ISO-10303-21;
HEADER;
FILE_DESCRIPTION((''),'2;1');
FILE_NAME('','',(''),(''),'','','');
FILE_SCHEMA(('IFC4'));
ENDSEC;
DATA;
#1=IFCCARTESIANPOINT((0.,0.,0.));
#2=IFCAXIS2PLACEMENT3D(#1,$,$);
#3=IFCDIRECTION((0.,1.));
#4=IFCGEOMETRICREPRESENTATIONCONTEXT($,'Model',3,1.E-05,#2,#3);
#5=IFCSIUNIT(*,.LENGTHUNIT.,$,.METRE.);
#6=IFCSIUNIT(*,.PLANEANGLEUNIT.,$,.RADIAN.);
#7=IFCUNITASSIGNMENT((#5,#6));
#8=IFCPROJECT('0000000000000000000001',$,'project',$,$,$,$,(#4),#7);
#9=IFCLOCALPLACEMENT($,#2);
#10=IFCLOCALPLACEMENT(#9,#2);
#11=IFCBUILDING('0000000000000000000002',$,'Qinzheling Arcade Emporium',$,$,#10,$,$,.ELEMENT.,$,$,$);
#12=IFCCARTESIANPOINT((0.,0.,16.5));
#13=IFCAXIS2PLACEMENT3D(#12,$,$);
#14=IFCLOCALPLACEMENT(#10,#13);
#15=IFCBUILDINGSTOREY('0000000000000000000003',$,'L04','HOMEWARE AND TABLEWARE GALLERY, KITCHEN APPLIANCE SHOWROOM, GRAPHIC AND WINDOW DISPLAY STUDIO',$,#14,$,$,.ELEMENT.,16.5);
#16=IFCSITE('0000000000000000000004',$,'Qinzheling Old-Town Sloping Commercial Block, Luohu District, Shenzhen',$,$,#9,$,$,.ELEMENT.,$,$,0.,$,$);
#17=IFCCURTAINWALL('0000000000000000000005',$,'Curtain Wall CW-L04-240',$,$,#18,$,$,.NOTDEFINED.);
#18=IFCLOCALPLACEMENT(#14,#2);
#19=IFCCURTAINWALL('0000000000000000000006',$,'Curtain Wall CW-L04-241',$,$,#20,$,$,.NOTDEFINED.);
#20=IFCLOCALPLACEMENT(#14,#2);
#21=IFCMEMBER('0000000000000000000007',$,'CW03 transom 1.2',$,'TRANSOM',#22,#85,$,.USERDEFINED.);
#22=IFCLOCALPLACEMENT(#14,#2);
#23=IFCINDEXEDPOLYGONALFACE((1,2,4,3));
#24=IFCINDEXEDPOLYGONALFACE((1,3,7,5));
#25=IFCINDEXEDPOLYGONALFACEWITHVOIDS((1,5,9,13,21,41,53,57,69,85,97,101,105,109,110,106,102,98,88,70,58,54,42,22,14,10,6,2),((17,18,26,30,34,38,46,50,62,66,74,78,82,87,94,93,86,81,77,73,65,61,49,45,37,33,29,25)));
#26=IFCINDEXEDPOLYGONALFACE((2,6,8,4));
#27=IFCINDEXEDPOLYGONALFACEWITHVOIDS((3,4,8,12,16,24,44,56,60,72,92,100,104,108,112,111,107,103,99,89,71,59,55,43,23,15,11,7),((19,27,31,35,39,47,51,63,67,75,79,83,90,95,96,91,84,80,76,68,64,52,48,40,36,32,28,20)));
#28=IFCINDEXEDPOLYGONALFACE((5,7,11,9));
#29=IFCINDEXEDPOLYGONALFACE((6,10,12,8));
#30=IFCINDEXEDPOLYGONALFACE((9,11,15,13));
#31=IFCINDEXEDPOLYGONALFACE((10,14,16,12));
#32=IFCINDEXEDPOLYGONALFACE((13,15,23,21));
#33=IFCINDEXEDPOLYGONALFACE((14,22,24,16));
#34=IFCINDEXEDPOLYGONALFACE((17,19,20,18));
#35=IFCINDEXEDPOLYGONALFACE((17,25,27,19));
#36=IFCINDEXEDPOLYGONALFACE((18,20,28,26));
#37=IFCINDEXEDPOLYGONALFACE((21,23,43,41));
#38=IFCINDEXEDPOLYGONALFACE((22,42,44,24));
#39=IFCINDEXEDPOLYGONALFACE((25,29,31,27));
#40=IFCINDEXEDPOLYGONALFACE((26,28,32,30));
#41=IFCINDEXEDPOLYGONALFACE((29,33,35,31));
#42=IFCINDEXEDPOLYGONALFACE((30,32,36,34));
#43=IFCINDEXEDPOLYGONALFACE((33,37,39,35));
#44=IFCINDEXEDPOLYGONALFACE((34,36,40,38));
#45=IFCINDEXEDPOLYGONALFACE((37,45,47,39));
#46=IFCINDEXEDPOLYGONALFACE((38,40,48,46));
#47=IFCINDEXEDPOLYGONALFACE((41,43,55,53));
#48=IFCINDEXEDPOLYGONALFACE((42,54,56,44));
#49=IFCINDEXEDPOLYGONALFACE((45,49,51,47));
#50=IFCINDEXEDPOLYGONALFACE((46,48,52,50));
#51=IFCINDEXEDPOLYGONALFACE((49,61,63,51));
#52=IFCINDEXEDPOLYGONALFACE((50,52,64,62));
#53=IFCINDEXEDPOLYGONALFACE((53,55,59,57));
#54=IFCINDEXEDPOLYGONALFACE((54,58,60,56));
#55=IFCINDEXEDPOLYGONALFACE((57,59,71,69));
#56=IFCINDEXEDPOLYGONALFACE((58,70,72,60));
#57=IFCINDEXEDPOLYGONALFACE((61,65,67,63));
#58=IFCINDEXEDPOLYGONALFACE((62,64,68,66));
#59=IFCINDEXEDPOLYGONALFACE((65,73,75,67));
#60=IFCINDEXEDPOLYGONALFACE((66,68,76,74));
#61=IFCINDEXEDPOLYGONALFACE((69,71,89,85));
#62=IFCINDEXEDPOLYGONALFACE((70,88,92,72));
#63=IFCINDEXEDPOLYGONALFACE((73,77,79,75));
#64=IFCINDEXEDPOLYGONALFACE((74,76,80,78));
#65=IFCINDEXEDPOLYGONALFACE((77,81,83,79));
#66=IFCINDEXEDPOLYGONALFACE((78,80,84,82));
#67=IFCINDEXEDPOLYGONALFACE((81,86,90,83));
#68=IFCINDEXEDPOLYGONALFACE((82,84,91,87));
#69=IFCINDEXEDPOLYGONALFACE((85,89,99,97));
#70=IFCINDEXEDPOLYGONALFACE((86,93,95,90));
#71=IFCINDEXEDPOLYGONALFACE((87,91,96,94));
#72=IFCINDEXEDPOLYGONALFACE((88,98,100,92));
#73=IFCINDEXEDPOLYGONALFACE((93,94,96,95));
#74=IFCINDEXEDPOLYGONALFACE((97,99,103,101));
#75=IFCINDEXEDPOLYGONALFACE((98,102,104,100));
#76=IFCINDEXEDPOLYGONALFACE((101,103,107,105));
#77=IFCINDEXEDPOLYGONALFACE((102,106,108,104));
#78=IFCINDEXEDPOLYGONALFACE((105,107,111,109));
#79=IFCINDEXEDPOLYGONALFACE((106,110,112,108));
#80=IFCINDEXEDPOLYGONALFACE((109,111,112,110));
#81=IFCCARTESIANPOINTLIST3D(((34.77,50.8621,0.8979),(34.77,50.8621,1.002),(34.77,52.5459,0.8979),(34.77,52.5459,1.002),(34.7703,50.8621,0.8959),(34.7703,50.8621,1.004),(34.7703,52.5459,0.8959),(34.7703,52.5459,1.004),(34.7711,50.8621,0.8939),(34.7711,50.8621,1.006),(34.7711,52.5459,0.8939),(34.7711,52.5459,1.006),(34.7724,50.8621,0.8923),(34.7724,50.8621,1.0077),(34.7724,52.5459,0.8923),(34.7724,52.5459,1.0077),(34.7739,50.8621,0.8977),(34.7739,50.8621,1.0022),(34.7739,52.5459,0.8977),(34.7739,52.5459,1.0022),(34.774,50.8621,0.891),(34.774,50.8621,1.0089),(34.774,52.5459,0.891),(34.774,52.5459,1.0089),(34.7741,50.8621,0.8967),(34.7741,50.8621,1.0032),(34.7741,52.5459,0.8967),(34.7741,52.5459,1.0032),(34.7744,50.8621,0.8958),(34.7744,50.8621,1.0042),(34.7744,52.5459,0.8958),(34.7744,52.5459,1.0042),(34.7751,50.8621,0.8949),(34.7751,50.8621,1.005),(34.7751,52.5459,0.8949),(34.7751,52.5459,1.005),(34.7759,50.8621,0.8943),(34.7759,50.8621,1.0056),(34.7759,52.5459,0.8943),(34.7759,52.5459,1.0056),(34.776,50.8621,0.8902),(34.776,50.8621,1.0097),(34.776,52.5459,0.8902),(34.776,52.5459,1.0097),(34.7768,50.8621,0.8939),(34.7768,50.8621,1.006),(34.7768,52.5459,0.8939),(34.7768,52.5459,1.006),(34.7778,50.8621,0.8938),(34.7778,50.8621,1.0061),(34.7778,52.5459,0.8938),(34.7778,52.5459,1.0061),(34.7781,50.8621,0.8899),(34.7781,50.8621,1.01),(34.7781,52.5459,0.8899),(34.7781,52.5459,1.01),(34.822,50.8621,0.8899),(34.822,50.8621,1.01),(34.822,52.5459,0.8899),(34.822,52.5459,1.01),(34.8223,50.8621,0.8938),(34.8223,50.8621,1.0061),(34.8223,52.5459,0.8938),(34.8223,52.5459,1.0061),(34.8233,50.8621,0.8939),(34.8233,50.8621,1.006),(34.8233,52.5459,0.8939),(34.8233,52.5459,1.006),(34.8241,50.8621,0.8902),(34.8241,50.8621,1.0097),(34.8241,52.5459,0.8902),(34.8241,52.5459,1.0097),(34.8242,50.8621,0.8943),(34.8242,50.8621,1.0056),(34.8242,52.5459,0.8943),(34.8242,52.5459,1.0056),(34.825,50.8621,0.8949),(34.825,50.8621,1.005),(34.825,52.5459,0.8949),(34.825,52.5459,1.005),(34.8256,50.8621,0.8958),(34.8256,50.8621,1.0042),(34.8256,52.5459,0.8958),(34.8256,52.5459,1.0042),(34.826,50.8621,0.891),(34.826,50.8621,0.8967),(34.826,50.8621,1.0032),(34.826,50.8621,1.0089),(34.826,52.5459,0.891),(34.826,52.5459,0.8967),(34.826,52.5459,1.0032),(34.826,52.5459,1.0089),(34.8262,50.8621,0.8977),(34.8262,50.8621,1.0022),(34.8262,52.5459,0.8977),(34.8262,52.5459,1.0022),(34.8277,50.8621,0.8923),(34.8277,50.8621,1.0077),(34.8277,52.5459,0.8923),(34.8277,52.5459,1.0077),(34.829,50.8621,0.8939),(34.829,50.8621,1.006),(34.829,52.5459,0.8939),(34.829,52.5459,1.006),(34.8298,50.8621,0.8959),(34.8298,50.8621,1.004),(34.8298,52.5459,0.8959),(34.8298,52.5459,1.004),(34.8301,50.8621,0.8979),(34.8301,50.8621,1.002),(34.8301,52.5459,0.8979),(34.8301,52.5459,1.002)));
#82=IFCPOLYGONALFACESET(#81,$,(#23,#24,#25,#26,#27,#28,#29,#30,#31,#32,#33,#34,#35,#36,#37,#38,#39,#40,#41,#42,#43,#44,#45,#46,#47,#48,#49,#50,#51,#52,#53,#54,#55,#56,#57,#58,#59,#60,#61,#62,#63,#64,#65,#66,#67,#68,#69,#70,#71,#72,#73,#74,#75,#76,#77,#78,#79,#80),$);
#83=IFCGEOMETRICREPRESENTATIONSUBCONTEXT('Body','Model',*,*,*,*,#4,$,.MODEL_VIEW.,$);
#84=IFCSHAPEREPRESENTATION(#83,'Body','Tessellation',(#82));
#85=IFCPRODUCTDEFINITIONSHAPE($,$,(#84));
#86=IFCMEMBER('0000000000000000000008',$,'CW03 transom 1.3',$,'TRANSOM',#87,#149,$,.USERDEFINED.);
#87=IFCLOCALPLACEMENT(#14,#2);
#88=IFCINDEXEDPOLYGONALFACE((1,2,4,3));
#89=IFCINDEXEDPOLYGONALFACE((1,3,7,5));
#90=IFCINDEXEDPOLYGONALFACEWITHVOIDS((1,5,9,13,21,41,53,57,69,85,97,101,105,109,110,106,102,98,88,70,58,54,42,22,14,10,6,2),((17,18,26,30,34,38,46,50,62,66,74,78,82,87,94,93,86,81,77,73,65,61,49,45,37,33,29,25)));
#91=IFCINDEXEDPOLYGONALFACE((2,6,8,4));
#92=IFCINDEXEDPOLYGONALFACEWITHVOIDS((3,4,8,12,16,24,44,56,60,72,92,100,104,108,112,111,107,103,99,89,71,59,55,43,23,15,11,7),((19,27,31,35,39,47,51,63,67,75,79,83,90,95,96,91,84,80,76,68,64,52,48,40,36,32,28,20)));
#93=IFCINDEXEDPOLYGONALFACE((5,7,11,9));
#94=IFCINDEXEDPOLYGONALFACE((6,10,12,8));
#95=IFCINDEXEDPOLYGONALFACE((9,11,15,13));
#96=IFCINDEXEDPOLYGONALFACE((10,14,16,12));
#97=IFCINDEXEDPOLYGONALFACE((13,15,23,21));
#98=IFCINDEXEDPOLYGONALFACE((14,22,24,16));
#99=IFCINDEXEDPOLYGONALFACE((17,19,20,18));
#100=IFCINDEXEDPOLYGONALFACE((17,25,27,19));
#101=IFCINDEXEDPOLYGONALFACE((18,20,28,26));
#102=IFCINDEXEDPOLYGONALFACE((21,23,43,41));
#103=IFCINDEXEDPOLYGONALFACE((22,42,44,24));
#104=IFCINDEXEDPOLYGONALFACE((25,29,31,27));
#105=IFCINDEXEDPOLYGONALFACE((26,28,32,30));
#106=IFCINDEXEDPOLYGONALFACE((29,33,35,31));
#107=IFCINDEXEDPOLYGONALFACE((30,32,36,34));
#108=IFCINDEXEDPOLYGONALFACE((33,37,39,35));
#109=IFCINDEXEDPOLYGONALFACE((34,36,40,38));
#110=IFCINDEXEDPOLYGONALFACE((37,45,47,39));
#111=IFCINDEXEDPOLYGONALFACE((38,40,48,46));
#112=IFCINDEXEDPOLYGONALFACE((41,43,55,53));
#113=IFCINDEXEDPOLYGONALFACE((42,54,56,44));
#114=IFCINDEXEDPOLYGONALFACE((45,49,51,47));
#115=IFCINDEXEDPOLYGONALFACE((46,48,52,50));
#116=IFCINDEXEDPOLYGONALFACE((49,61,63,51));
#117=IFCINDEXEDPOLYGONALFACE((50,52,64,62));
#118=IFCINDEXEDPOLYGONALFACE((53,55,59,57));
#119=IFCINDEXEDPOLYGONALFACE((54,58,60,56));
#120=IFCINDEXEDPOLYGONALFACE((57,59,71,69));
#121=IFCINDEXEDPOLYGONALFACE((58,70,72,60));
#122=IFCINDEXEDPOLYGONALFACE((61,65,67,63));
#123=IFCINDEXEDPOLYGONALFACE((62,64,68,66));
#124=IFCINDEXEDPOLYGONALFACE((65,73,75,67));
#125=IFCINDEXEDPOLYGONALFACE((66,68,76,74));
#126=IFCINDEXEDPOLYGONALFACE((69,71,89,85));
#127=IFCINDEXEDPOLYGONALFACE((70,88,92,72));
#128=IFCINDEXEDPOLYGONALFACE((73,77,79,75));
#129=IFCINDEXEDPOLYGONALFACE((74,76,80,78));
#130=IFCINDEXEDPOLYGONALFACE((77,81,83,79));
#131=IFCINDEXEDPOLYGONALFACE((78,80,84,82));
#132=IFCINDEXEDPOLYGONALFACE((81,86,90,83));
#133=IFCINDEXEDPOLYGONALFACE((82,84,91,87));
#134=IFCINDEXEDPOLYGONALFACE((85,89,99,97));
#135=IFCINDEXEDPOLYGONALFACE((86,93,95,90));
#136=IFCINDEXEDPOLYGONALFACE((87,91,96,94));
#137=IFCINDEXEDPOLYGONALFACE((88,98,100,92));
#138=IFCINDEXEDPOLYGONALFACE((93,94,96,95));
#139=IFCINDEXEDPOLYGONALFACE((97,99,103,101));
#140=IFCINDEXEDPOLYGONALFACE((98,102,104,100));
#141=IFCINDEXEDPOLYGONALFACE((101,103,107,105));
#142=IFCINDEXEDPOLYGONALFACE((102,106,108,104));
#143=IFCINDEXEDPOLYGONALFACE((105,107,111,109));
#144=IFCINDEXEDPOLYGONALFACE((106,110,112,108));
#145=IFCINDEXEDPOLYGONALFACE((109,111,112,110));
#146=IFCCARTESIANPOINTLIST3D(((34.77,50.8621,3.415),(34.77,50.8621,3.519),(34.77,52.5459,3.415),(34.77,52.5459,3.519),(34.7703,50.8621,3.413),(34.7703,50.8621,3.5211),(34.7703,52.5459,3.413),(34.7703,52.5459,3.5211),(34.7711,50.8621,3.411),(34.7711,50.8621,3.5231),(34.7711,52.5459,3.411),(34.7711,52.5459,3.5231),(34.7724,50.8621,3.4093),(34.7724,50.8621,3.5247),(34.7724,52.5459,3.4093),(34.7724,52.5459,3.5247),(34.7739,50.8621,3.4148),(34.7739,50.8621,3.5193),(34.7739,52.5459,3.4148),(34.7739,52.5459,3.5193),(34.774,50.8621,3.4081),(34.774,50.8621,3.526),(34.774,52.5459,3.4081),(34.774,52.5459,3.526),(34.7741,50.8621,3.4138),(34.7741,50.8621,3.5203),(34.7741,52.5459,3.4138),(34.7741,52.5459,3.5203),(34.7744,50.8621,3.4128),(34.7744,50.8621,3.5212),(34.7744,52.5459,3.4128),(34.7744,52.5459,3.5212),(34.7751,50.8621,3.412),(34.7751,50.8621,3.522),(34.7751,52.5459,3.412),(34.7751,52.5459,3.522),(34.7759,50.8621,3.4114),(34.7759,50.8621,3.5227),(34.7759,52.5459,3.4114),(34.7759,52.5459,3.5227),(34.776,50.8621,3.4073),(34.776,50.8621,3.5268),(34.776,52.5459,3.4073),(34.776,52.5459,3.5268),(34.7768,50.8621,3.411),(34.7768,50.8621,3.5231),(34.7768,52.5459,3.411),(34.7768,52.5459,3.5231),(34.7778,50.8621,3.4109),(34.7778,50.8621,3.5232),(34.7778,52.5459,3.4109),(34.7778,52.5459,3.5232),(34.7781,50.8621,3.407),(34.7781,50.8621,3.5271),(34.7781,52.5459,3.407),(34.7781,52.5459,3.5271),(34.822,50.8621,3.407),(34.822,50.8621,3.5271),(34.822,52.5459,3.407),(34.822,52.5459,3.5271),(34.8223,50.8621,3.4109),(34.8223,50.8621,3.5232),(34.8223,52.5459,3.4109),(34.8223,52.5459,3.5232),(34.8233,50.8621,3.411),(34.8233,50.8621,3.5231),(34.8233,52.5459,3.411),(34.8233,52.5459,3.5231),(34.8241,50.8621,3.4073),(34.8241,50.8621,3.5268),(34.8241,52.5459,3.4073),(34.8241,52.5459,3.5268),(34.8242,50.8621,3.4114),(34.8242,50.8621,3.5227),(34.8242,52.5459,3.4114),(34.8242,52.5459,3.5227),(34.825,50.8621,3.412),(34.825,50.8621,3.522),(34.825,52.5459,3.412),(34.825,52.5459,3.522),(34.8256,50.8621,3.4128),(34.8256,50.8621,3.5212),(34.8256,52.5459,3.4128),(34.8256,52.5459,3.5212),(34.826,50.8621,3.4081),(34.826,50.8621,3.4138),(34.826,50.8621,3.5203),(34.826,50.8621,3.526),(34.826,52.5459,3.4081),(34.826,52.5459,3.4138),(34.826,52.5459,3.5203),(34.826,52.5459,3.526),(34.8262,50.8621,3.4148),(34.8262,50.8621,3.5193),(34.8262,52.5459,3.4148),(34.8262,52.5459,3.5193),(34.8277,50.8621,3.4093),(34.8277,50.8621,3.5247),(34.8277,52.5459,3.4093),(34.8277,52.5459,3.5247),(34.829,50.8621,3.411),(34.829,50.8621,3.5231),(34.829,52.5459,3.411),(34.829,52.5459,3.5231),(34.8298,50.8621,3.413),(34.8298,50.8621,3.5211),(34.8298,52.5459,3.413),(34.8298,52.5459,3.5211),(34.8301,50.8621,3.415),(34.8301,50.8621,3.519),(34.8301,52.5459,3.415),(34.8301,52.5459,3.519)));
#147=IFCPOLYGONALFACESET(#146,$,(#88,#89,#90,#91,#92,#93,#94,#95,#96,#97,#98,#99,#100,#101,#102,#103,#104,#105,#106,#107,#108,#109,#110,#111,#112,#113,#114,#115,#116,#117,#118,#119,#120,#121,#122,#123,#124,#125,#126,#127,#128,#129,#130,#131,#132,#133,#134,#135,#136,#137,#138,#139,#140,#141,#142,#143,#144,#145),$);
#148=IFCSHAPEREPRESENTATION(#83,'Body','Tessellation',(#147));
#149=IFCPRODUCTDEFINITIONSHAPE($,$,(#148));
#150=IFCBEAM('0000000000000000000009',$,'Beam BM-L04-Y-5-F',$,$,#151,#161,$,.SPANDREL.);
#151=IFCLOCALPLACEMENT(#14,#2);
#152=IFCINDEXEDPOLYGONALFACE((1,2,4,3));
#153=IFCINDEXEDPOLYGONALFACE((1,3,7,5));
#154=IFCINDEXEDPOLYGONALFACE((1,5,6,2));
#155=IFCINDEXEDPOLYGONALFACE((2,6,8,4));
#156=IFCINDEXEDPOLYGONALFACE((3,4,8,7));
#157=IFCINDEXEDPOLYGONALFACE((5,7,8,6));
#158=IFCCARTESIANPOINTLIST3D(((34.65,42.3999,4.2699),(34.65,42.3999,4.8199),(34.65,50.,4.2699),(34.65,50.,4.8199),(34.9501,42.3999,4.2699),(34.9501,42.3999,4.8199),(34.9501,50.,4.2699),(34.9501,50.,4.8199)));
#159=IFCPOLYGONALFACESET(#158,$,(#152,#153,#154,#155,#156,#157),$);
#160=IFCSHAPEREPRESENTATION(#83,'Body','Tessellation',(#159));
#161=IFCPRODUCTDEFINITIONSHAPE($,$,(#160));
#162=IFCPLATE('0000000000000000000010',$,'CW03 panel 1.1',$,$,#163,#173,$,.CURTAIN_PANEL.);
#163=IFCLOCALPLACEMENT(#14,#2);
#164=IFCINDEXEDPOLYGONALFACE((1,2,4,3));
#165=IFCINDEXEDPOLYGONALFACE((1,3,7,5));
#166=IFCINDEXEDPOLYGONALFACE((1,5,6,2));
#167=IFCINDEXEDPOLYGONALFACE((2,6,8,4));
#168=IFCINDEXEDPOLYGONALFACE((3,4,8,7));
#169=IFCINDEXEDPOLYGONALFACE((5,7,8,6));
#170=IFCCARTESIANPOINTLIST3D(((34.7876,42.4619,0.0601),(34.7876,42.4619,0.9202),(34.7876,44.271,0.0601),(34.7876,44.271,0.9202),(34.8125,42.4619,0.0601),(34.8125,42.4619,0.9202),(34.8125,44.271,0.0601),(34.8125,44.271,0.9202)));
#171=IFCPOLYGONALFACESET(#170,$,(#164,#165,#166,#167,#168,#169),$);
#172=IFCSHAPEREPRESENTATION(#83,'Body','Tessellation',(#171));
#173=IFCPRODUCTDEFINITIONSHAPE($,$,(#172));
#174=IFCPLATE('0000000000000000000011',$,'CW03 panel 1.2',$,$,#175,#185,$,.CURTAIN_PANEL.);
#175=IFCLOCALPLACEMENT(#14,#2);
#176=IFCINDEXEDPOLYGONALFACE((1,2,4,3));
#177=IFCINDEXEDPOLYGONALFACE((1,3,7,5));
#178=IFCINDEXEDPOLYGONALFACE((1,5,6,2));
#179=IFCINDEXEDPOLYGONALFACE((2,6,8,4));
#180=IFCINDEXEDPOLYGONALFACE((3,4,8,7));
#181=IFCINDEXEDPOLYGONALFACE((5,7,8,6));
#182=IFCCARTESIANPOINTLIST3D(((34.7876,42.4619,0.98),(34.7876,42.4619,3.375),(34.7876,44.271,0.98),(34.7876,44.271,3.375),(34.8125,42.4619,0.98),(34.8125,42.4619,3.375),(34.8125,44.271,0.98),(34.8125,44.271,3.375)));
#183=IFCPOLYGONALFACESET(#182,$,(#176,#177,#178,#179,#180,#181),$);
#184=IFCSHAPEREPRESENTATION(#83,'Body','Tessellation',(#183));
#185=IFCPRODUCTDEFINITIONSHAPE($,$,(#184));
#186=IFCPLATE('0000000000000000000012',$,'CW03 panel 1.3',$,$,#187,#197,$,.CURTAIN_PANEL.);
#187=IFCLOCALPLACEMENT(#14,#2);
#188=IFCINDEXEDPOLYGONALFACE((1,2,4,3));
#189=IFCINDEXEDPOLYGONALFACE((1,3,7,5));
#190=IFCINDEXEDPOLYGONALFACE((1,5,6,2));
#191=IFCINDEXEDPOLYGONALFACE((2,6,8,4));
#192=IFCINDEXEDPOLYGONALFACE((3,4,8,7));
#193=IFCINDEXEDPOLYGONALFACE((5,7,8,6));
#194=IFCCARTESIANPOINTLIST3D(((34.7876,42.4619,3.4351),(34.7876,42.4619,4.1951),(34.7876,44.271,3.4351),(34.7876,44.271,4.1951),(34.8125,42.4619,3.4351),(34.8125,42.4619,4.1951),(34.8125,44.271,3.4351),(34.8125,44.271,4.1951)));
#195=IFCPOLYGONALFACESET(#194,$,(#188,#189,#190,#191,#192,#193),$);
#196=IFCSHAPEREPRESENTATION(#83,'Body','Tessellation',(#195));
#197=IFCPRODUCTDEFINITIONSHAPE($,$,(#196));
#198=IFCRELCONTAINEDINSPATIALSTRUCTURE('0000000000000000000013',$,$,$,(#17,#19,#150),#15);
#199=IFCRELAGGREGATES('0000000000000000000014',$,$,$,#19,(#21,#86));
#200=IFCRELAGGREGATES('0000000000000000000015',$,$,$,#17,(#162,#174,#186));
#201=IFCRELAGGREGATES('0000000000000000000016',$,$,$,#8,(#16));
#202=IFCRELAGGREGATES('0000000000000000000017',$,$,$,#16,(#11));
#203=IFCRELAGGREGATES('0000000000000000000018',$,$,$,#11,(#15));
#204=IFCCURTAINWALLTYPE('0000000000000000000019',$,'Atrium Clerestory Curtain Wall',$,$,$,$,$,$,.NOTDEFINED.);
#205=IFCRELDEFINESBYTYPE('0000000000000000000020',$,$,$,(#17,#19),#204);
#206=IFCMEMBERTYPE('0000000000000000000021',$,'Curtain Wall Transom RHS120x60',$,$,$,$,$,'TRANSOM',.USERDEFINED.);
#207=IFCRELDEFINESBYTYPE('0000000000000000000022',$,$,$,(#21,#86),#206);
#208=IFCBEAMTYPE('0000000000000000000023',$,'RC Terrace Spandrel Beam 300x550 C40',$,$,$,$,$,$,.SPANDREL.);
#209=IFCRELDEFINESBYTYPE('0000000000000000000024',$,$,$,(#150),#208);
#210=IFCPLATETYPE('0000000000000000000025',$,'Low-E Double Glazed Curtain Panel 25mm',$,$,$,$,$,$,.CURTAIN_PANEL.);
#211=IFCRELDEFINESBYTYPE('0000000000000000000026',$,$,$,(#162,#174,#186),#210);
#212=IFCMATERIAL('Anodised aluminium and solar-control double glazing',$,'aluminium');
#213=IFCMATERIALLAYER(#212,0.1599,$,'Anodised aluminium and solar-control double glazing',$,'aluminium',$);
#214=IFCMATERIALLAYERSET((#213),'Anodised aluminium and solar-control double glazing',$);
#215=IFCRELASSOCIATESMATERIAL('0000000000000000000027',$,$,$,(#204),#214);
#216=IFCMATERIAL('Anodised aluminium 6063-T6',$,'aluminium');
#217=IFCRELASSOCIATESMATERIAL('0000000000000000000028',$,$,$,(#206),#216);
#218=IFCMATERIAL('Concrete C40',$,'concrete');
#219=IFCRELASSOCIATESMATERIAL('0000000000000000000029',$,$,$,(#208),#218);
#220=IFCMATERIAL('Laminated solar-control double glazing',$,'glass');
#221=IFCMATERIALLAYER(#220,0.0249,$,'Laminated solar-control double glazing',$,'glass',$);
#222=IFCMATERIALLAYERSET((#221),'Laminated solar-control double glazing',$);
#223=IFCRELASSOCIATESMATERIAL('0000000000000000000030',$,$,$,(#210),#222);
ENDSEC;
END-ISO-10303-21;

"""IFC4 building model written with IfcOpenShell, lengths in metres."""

from ifc_helpers import new_model, si_unit, direction, frame, origin, origin_2d, place, context, subcontext, project, spatial, rectangle, hollow_rectangle, extrude, material, layer, layer_set, material_profile, profile_set, type_object, element, aggregate, save


model = new_model("IFC4")

# Units and contexts
model_context = context("Model", 3, precision=1e-05, world=origin(), true_north=direction((0.0, 1.0)))
body_context = subcontext(model_context, "Body", "Model", "MODEL_VIEW")
ifc_project = project(units=[si_unit("LENGTHUNIT", "METRE"), si_unit("PLANEANGLEUNIT", "RADIAN")], contexts=[model_context])

# Site, building, storey
site_placement = place(None, origin())
site = spatial("IfcSite", under=ifc_project, at=site_placement, Name="Qinzheling Old-Town Sloping Commercial Block, Luohu District, Shenzhen", CompositionType="ELEMENT", RefElevation=0.0)
building_placement = place(site_placement, origin())
building = spatial("IfcBuilding", under=site, at=building_placement, Name="Qinzheling Arcade Emporium", CompositionType="ELEMENT")
storey_placement = place(building_placement, frame((0.0, 0.0, 16.5)))
storey = spatial("IfcBuildingStorey", under=building, at=storey_placement, Name="L04", Description="HOMEWARE AND TABLEWARE GALLERY, KITCHEN APPLIANCE SHOWROOM, GRAPHIC AND WINDOW DISPLAY STUDIO", CompositionType="ELEMENT", Elevation=16.5)

# Shared definitions
ifc_material_1 = material(Name="Concrete C40", Category="concrete")

# Curtain wall
ifc_material_2 = material(Name="Anodised aluminium and solar-control double glazing", Category="aluminium")
ifc_layer_1 = layer(ifc_material_2, 0.1599, Name="Anodised aluminium and solar-control double glazing", Category="aluminium")
ifc_layer_set_1 = layer_set([ifc_layer_1], Name="Anodised aluminium and solar-control double glazing")
curtain_wall_type = type_object("IfcCurtainWallType", Name="Atrium Clerestory Curtain Wall", PredefinedType="NOTDEFINED", material=ifc_layer_set_1)
curtain_wall_1_placement = place(storey_placement, origin())
curtain_wall_1 = element("IfcCurtainWall", 1, at=curtain_wall_1_placement, inside=storey, type_object=curtain_wall_type, Name="Curtain Wall CW-L04-240", PredefinedType="NOTDEFINED")
ifc_material_3 = material(Name="Anodised aluminium 6063-T6", Category="aluminium")

# Curtain wall
curtain_wall_2_placement = place(storey_placement, origin())
curtain_wall_2 = element("IfcCurtainWall", 2, at=curtain_wall_2_placement, inside=storey, type_object=curtain_wall_type, Name="Curtain Wall CW-L04-241", PredefinedType="NOTDEFINED")

# Members
ifc_material_profile_1 = material_profile(ifc_material_3, hollow_rectangle(XDim=0.0601, YDim=0.1201, WallThickness=0.0039, InnerFilletRadius=0.0039, OuterFilletRadius=0.0081, at=origin_2d()), Name="RHS 120x60x4", Category="aluminium")
ifc_profile_set_1 = profile_set([ifc_material_profile_1], Name="Anodised aluminium 6063-T6")
member_type_1 = type_object("IfcMemberType", Name="Curtain Wall Transom RHS120x60", ElementType="TRANSOM", PredefinedType="USERDEFINED", material=ifc_profile_set_1)
member_1_placement = place(storey_placement, frame((34.8, 50.8621, 0.95), z_axis=(0.0, 1.0, 0.0), x_axis=(-1.0, 0.0, 0.0)))
member_1 = element("IfcMember", 3, at=member_1_placement, type_object=member_type_1, Name="CW03 transom 1.2", ObjectType="TRANSOM", PredefinedType="USERDEFINED", context=body_context, shape_type="SweptSolid", body=[
    extrude(hollow_rectangle(XDim=0.0601, YDim=0.1201, WallThickness=0.0039, InnerFilletRadius=0.0039, OuterFilletRadius=0.0081, at=origin_2d()), origin(), (0.0, 0.0, 1.0), 1.6838),
])
member_2_placement = place(storey_placement, frame((34.8, 50.8621, 3.467), z_axis=(0.0, 1.0, 0.0), x_axis=(-1.0, 0.0, 0.0)))
member_2 = element("IfcMember", 4, at=member_2_placement, type_object=member_type_1, Name="CW03 transom 1.3", ObjectType="TRANSOM", PredefinedType="USERDEFINED", context=body_context, shape_type="SweptSolid", body=[
    extrude(hollow_rectangle(XDim=0.0601, YDim=0.1201, WallThickness=0.0039, InnerFilletRadius=0.0039, OuterFilletRadius=0.0081, at=origin_2d()), origin(), (0.0, 0.0, 1.0), 1.6838),
])
aggregate(curtain_wall_2, [member_1, member_2])

# Beam
ifc_material_profile_2 = material_profile(ifc_material_1, rectangle(XDim=0.3, YDim=0.55, at=origin_2d()), Name="RC 300x550", Category="concrete")
ifc_profile_set_2 = profile_set([ifc_material_profile_2], Name="Concrete C40")
beam_type_1 = type_object("IfcBeamType", Name="RC Terrace Spandrel Beam 300x550 C40", PredefinedType="SPANDREL", material=ifc_profile_set_2)
beam_1_placement = place(storey_placement, frame((34.8, 42.3999, 4.5449), z_axis=(0.0, 1.0, 0.0), x_axis=(-1.0, 0.0, 0.0)))
element("IfcBeam", 5, at=beam_1_placement, inside=storey, type_object=beam_type_1, Name="Beam BM-L04-Y-5-F", PredefinedType="SPANDREL", context=body_context, shape_type="SweptSolid", body=[
    extrude(rectangle(XDim=0.3, YDim=0.55, at=origin_2d()), origin(), (0.0, 0.0, 1.0), 7.6001),
])

# Plates
ifc_material_4 = material(Name="Laminated solar-control double glazing", Category="glass")
ifc_layer_2 = layer(ifc_material_4, 0.0249, Name="Laminated solar-control double glazing", Category="glass")
ifc_layer_set_2 = layer_set([ifc_layer_2], Name="Laminated solar-control double glazing")
plate_type = type_object("IfcPlateType", Name="Low-E Double Glazed Curtain Panel 25mm", PredefinedType="CURTAIN_PANEL", material=ifc_layer_set_2)
plate_1_placement = place(storey_placement, frame((34.8, 43.3665, 0.0601), z_axis=(0.0, 0.0, 1.0), x_axis=(0.0, 1.0, 0.0)))
plate_1 = element("IfcPlate", 6, at=plate_1_placement, type_object=plate_type, Name="CW03 panel 1.1", PredefinedType="CURTAIN_PANEL", context=body_context, shape_type="SweptSolid", body=[
    extrude(rectangle(XDim=1.8091, YDim=0.0249, at=origin_2d()), origin(), (0.0, 0.0, 1.0), 0.8601),
])
plate_2_placement = place(storey_placement, frame((34.8, 43.3665, 0.98), z_axis=(0.0, 0.0, 1.0), x_axis=(0.0, 1.0, 0.0)))
plate_2 = element("IfcPlate", 7, at=plate_2_placement, type_object=plate_type, Name="CW03 panel 1.2", PredefinedType="CURTAIN_PANEL", context=body_context, shape_type="SweptSolid", body=[
    extrude(rectangle(XDim=1.8091, YDim=0.0249, at=origin_2d()), origin(), (0.0, 0.0, 1.0), 2.395),
])
plate_3_placement = place(storey_placement, frame((34.8, 43.3665, 3.4351), z_axis=(0.0, 0.0, 1.0), x_axis=(0.0, 1.0, 0.0)))
plate_3 = element("IfcPlate", 8, at=plate_3_placement, type_object=plate_type, Name="CW03 panel 1.3", PredefinedType="CURTAIN_PANEL", context=body_context, shape_type="SweptSolid", body=[
    extrude(rectangle(XDim=1.8091, YDim=0.0249, at=origin_2d()), origin(), (0.0, 0.0, 1.0), 0.76),
])
aggregate(curtain_wall_1, [plate_1, plate_2, plate_3])

save(model, "model.ifc")
